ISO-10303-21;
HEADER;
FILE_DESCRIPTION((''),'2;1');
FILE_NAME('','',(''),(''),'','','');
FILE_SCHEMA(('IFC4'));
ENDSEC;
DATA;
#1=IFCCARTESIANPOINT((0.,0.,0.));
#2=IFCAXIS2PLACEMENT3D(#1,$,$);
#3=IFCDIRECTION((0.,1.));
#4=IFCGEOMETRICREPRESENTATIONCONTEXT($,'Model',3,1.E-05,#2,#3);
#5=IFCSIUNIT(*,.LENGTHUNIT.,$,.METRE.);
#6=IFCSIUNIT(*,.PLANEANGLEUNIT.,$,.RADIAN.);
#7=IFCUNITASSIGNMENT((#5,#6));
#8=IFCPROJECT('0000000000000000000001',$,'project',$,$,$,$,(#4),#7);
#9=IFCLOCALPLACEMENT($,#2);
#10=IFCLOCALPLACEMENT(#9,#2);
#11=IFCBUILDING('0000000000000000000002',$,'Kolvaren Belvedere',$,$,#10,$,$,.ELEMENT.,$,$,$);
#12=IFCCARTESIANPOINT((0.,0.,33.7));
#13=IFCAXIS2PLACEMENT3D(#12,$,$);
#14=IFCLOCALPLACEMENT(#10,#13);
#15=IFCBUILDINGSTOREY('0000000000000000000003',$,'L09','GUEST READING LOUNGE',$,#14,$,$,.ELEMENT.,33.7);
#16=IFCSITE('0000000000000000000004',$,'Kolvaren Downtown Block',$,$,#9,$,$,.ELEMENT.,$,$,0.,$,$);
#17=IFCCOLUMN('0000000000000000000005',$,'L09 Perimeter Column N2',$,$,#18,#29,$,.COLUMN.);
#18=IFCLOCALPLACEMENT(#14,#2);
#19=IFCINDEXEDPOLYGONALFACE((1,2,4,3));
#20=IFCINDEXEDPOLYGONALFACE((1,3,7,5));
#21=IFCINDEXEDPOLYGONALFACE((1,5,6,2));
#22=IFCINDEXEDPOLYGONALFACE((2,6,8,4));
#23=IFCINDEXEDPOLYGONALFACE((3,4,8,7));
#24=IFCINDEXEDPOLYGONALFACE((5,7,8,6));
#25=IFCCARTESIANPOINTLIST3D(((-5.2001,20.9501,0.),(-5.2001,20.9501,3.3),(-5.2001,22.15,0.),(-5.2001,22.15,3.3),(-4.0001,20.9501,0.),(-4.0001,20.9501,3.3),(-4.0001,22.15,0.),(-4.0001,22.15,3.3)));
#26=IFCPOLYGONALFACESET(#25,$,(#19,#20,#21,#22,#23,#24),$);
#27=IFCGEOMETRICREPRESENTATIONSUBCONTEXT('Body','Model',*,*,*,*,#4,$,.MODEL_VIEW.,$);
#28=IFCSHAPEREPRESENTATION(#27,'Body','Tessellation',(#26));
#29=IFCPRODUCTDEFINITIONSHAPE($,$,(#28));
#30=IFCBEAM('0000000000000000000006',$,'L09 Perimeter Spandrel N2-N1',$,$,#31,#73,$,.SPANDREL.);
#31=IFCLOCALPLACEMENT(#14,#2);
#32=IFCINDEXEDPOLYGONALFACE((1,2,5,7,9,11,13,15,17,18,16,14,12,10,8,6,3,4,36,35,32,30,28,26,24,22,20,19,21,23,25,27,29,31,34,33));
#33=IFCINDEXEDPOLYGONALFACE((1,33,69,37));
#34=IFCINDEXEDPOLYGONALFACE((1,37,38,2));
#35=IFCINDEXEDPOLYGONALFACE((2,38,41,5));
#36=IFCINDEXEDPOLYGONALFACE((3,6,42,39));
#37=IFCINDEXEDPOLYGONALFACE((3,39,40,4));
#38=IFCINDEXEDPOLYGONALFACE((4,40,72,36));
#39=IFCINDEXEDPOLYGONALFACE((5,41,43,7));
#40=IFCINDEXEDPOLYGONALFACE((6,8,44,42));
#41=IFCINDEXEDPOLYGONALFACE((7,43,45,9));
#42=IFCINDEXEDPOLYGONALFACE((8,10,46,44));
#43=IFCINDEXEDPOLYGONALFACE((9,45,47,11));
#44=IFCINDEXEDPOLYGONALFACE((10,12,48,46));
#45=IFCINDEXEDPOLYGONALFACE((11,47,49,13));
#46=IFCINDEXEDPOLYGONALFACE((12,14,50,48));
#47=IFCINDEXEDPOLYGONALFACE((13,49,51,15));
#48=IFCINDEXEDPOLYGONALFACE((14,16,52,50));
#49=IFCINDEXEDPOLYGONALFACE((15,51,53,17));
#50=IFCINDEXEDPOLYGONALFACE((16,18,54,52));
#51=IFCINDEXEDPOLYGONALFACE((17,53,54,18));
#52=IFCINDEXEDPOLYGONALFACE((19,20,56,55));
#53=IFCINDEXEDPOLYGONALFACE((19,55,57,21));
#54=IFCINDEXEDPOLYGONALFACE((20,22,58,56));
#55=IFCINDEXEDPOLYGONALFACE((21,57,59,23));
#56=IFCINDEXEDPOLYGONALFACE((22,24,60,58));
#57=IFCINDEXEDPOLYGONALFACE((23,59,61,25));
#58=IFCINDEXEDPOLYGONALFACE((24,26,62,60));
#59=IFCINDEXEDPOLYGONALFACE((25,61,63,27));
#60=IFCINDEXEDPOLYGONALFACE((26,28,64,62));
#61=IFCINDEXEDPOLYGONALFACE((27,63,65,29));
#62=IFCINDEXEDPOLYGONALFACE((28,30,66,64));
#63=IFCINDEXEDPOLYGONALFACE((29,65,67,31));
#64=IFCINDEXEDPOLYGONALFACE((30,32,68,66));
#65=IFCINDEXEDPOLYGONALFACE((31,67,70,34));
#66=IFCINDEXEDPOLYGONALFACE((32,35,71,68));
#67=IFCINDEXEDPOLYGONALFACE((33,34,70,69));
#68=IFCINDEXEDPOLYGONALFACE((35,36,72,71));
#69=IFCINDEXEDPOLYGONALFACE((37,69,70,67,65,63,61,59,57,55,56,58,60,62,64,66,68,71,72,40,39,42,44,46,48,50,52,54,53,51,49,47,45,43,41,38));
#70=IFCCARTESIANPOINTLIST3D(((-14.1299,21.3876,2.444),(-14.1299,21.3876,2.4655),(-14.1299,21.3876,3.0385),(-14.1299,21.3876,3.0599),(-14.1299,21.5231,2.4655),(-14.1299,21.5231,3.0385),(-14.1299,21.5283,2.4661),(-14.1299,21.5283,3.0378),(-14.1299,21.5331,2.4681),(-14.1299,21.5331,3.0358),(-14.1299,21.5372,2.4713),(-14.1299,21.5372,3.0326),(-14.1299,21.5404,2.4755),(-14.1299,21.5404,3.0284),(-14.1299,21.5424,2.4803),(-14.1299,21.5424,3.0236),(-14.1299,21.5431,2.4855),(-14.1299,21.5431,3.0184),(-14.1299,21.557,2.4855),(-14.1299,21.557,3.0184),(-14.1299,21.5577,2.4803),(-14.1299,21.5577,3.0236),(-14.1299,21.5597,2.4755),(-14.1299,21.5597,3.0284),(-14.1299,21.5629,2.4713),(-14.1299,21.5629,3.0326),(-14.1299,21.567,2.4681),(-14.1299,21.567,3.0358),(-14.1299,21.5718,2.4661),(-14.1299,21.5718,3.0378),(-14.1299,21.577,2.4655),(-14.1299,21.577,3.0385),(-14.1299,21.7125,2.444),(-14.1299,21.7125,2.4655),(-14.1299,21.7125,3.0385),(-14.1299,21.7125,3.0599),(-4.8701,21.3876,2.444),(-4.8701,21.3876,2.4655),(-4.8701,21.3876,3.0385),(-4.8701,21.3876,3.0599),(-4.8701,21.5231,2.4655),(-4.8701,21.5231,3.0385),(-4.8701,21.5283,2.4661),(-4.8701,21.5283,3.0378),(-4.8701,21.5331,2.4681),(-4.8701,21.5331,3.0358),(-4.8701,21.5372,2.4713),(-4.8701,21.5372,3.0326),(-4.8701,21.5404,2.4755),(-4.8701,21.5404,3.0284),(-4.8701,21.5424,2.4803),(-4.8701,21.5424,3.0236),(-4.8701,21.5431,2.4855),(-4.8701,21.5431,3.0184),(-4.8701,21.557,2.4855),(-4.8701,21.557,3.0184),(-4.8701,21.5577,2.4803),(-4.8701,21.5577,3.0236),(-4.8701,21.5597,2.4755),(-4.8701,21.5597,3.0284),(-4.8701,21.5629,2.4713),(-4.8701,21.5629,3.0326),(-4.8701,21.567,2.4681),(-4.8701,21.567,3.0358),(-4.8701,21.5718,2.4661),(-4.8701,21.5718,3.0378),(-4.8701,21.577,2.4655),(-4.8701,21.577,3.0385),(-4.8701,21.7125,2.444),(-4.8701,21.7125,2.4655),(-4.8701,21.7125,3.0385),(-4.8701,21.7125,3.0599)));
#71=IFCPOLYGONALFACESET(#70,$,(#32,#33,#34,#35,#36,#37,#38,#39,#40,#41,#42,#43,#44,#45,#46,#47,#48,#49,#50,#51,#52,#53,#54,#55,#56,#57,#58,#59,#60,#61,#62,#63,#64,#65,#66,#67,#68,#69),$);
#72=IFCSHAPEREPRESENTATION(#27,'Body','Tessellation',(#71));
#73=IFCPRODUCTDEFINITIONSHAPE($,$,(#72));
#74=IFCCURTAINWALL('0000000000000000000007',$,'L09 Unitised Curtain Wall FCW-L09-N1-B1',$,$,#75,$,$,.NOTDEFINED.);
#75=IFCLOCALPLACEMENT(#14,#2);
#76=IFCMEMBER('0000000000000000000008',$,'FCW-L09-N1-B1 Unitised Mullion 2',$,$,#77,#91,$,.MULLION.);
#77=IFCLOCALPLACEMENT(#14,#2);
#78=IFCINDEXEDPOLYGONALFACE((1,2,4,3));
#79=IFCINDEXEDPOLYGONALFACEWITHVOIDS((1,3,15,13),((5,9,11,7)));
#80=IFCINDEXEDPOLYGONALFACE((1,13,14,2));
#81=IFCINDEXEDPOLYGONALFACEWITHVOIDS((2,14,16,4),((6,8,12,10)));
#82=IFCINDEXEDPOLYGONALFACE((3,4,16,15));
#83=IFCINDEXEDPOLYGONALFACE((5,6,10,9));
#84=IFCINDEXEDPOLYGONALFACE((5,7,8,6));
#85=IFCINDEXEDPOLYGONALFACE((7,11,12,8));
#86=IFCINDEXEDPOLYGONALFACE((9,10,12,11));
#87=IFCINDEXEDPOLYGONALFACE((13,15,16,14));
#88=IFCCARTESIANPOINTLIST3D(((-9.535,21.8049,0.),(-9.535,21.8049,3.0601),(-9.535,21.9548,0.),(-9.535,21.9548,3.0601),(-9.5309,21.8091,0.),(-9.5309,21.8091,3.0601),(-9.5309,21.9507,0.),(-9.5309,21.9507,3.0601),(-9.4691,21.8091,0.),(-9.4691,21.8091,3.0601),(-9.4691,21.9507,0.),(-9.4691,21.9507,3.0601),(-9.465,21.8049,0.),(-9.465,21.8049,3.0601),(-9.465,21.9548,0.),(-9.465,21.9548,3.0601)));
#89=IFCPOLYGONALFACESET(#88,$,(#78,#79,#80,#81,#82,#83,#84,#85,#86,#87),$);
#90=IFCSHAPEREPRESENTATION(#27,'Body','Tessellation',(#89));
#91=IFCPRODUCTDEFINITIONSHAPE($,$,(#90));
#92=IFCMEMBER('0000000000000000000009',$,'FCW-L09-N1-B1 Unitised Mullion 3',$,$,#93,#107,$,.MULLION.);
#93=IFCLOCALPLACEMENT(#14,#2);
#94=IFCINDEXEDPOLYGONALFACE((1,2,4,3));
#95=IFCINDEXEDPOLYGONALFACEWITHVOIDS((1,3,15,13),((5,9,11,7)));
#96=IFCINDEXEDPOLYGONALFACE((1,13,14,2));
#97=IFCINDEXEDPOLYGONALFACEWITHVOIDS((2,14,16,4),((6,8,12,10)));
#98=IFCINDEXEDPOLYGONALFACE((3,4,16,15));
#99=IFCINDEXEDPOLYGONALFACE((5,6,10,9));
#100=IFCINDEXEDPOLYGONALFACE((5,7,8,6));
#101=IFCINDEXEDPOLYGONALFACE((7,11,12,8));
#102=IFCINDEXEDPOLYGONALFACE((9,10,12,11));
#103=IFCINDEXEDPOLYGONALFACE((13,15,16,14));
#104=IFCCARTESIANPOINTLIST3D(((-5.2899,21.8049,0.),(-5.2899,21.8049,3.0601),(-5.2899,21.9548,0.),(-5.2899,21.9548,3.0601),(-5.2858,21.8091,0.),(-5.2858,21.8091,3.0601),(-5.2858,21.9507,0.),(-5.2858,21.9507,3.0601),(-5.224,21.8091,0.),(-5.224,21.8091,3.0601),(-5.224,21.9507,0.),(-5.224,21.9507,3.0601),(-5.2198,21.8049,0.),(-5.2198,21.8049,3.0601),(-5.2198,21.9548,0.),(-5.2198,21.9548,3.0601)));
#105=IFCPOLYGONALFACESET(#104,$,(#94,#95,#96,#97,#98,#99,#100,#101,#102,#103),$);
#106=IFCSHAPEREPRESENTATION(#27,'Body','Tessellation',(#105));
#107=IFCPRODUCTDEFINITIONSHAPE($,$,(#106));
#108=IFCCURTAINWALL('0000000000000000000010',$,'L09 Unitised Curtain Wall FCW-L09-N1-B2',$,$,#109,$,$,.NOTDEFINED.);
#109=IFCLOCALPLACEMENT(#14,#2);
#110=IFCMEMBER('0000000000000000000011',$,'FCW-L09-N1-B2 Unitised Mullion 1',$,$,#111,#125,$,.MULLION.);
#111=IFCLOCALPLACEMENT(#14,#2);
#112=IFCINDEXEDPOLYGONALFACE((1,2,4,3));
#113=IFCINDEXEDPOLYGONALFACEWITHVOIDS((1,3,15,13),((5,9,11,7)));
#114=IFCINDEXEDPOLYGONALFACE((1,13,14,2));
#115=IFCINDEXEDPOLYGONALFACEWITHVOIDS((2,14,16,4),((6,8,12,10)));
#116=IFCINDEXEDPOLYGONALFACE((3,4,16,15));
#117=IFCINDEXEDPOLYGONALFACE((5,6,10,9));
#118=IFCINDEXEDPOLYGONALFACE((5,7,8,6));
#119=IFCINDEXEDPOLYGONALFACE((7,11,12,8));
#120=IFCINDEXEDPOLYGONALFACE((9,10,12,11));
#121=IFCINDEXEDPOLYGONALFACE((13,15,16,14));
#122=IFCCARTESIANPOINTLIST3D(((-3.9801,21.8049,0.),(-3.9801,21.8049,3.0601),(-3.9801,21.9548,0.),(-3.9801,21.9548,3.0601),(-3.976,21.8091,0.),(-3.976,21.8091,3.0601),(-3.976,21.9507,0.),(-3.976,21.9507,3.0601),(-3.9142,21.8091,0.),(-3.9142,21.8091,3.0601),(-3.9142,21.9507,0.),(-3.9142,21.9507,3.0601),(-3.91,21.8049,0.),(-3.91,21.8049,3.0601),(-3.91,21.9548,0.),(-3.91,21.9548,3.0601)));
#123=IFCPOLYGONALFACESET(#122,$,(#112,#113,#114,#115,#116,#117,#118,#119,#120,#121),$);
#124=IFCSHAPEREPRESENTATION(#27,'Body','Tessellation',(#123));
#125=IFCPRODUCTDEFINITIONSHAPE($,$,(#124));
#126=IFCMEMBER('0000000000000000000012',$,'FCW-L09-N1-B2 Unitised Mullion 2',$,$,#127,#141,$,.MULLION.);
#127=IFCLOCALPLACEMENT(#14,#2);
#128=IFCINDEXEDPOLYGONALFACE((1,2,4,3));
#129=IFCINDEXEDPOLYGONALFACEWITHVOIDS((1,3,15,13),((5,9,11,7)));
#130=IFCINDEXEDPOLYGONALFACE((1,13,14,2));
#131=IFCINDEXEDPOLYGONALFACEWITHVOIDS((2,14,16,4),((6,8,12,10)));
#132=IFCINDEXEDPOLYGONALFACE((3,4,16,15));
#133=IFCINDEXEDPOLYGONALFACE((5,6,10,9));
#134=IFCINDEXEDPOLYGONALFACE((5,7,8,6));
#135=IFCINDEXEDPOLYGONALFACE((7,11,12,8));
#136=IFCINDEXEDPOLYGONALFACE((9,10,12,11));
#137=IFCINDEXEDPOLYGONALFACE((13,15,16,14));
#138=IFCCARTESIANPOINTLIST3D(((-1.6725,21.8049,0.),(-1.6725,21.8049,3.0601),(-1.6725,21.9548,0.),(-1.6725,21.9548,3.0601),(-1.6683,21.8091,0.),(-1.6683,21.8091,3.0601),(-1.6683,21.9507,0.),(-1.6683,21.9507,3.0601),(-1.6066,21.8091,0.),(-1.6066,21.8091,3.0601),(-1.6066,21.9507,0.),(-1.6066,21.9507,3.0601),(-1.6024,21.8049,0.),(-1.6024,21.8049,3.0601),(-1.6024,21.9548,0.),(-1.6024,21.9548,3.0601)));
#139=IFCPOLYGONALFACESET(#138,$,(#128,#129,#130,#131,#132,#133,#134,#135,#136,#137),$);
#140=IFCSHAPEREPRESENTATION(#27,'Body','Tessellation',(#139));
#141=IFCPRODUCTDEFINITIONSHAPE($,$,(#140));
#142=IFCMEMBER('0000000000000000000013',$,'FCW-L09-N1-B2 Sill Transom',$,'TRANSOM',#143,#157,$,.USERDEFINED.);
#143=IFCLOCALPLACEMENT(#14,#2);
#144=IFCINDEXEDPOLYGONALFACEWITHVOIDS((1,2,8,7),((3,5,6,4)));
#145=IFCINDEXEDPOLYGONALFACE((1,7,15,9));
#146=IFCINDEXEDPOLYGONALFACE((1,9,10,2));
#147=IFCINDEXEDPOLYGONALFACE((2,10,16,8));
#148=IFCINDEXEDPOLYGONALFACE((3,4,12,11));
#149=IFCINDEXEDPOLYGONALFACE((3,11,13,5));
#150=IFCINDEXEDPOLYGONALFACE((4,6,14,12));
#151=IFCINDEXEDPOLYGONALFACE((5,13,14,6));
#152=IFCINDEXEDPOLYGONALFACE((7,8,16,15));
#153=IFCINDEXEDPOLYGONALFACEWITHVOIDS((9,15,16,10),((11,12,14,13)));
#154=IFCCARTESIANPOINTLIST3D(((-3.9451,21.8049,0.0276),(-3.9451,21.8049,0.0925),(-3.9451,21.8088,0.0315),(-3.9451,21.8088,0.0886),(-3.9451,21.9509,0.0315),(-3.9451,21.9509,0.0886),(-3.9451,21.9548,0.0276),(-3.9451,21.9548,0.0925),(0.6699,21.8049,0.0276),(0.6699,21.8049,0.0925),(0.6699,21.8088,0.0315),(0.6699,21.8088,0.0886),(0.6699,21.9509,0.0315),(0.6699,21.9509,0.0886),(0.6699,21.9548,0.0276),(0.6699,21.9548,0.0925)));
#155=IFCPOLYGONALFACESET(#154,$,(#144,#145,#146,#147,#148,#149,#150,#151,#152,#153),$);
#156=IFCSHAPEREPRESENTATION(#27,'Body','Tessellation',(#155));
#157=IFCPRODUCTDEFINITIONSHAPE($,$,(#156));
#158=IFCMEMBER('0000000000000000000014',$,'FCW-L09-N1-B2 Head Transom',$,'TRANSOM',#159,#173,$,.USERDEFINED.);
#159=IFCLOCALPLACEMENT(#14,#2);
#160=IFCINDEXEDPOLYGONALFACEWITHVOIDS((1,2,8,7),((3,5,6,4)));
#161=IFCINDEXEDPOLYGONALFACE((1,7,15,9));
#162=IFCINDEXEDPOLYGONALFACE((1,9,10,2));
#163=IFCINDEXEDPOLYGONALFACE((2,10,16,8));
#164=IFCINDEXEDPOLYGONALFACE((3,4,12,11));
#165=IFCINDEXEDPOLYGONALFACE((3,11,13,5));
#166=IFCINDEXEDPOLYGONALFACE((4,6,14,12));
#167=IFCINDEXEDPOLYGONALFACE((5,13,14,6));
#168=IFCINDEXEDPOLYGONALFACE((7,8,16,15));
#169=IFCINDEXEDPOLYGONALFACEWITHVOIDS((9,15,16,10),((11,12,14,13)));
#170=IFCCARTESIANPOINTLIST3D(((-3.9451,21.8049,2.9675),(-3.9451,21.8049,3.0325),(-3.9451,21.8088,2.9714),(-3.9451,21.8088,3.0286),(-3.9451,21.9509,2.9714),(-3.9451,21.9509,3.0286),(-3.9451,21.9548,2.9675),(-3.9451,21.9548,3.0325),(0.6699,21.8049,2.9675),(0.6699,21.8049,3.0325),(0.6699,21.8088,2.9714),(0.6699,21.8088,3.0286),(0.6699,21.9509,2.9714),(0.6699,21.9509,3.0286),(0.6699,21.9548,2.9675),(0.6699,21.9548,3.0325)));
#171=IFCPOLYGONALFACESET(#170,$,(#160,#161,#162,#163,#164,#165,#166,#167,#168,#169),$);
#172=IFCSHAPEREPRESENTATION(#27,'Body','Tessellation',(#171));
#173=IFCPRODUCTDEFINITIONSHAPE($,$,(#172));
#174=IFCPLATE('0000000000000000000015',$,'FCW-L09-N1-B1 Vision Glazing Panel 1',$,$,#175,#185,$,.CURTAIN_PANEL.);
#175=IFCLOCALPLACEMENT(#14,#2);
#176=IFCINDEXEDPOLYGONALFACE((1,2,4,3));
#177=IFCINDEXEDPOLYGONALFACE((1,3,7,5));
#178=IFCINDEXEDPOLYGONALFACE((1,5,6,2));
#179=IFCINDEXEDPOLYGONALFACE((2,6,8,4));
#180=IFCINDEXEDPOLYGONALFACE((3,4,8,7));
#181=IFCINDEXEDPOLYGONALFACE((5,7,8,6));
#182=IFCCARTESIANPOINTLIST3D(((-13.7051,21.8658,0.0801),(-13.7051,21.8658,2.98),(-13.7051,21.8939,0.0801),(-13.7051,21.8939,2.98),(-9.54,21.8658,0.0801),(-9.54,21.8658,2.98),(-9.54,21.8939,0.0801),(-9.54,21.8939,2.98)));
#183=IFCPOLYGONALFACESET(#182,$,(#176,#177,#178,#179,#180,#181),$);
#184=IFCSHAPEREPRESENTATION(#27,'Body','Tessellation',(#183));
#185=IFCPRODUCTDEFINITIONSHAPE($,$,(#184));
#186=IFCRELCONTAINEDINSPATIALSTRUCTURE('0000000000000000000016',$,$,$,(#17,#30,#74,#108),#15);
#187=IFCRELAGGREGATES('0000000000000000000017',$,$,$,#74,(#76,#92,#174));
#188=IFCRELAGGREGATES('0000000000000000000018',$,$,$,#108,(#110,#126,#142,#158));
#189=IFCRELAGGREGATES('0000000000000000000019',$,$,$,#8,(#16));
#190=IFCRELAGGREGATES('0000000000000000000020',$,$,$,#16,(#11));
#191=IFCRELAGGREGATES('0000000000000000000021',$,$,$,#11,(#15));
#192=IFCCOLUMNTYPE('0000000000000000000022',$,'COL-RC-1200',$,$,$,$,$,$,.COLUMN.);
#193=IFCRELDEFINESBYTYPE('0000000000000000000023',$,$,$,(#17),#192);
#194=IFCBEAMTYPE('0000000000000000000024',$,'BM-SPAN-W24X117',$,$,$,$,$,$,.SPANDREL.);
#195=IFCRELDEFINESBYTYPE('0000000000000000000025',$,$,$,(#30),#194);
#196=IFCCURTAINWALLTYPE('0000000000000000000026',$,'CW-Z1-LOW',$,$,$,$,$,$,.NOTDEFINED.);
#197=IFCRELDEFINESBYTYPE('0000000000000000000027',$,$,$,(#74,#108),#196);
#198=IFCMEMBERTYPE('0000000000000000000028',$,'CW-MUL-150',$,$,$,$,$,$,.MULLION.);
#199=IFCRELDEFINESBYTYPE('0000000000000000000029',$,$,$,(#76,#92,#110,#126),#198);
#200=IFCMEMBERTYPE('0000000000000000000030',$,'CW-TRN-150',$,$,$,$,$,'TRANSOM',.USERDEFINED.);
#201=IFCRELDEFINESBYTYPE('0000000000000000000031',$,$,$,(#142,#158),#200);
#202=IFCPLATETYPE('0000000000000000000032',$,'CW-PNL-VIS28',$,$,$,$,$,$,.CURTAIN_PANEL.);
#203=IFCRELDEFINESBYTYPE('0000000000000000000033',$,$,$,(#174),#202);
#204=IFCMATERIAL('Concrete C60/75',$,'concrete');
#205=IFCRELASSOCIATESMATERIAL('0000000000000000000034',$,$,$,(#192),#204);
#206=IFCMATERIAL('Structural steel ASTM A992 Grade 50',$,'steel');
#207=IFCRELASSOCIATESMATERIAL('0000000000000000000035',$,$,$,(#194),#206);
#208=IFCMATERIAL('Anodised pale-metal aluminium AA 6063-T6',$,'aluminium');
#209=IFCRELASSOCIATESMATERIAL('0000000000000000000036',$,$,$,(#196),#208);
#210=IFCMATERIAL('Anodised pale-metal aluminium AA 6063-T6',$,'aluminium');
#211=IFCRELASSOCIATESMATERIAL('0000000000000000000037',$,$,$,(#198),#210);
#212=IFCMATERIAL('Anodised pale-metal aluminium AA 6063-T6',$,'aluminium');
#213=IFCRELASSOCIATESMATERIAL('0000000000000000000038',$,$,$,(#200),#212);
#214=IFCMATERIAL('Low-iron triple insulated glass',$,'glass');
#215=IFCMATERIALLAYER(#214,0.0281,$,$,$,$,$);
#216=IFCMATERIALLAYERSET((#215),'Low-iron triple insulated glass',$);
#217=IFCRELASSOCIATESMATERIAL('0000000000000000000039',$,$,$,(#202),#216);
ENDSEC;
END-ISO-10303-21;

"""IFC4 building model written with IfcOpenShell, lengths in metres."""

from ifc_helpers import new_model, si_unit, direction, frame, origin, origin_2d, place, context, subcontext, project, spatial, rectangle, hollow_rectangle, i_section, extrude, material, layer, layer_set, material_profile, profile_set, type_object, element, aggregate, save


model = new_model("IFC4")

# Units and contexts
model_context = context("Model", 3, precision=1e-05, world=origin(), true_north=direction((0.0, 1.0)))
body_context = subcontext(model_context, "Body", "Model", "MODEL_VIEW")
ifc_project = project(units=[si_unit("LENGTHUNIT", "METRE"), si_unit("PLANEANGLEUNIT", "RADIAN")], contexts=[model_context])

# Site, building, storey
site_placement = place(None, origin())
site = spatial("IfcSite", under=ifc_project, at=site_placement, Name="Kolvaren Downtown Block", CompositionType="ELEMENT", RefElevation=0.0)
building_placement = place(site_placement, origin())
building = spatial("IfcBuilding", under=site, at=building_placement, Name="Kolvaren Belvedere", CompositionType="ELEMENT")
storey_placement = place(building_placement, frame((0.0, 0.0, 33.7)))
storey = spatial("IfcBuildingStorey", under=building, at=storey_placement, Name="L09", Description="GUEST READING LOUNGE", CompositionType="ELEMENT", Elevation=33.7)

# Column
ifc_material_1 = material(Name="Concrete C60/75", Category="concrete")
ifc_material_profile_1 = material_profile(ifc_material_1, rectangle(XDim=1.2, YDim=1.2, at=origin_2d()), Name="RC 1200X1200")
ifc_profile_set_1 = profile_set([ifc_material_profile_1], Name="Concrete C60/75")
column_type = type_object("IfcColumnType", Name="COL-RC-1200", PredefinedType="COLUMN", material=ifc_profile_set_1)
column_placement = place(storey_placement, frame((-4.6001, 21.55, 0.0), z_axis=(0.0, 0.0, 1.0), x_axis=(1.0, 0.0, 0.0)))
element("IfcColumn", 1, at=column_placement, inside=storey, type_object=column_type, Name="L09 Perimeter Column N2", PredefinedType="COLUMN", context=body_context, shape_type="SweptSolid", body=[
    extrude(rectangle(XDim=1.2, YDim=1.2, at=origin_2d()), origin(), (0.0, 0.0, 1.0), 3.3),
])

# Beam
ifc_material_2 = material(Name="Structural steel ASTM A992 Grade 50", Category="steel")
ifc_material_profile_2 = material_profile(ifc_material_2, i_section(OverallWidth=0.325, OverallDepth=0.616, WebThickness=0.0139, FlangeThickness=0.0215, FilletRadius=0.02, at=origin_2d()), Name="W24X117")
ifc_profile_set_2 = profile_set([ifc_material_profile_2], Name="Structural steel ASTM A992 Grade 50")
beam_type = type_object("IfcBeamType", Name="BM-SPAN-W24X117", PredefinedType="SPANDREL", material=ifc_profile_set_2)
beam_placement = place(storey_placement, frame((-4.8701, 21.55, 2.752), z_axis=(-1.0, 0.0, 0.0), x_axis=(0.0, -1.0, 0.0)))
element("IfcBeam", 2, at=beam_placement, inside=storey, type_object=beam_type, Name="L09 Perimeter Spandrel N2-N1", PredefinedType="SPANDREL", context=body_context, shape_type="SweptSolid", body=[
    extrude(i_section(OverallWidth=0.325, OverallDepth=0.616, WebThickness=0.0139, FlangeThickness=0.0215, FilletRadius=0.02, at=origin_2d()), origin(), (0.0, 0.0, 1.0), 9.2598),
])

# Curtain walls, members
ifc_material_3 = material(Name="Anodised pale-metal aluminium AA 6063-T6", Category="aluminium")
curtain_wall_type = type_object("IfcCurtainWallType", Name="CW-Z1-LOW", PredefinedType="NOTDEFINED", material=ifc_material_3)
curtain_wall_1_placement = place(storey_placement, origin())
curtain_wall_1 = element("IfcCurtainWall", 3, at=curtain_wall_1_placement, inside=storey, type_object=curtain_wall_type, Name="L09 Unitised Curtain Wall FCW-L09-N1-B1", PredefinedType="NOTDEFINED")
ifc_material_4 = material(Name="Anodised pale-metal aluminium AA 6063-T6", Category="aluminium")
ifc_material_profile_3 = material_profile(ifc_material_4, hollow_rectangle(XDim=0.0701, YDim=0.1499, WallThickness=0.0042, at=origin_2d()), Name="ALU-MUL-150X70")
ifc_profile_set_3 = profile_set([ifc_material_profile_3], Name="Anodised pale-metal aluminium AA 6063-T6")
member_type_1 = type_object("IfcMemberType", Name="CW-MUL-150", PredefinedType="MULLION", material=ifc_profile_set_3)
member_1_placement = place(storey_placement, frame((-9.5, 21.8799, 0.0), z_axis=(0.0, 0.0, 1.0), x_axis=(1.0, 0.0, 0.0)))
member_1 = element("IfcMember", 4, at=member_1_placement, type_object=member_type_1, Name="FCW-L09-N1-B1 Unitised Mullion 2", PredefinedType="MULLION", context=body_context, shape_type="SweptSolid", body=[
    extrude(hollow_rectangle(XDim=0.0701, YDim=0.1499, WallThickness=0.0042, at=origin_2d()), origin(), (0.0, 0.0, 1.0), 3.0601),
])
member_2_placement = place(storey_placement, frame((-5.2549, 21.8799, 0.0), z_axis=(0.0, 0.0, 1.0), x_axis=(1.0, 0.0, 0.0)))
member_2 = element("IfcMember", 5, at=member_2_placement, type_object=member_type_1, Name="FCW-L09-N1-B1 Unitised Mullion 3", PredefinedType="MULLION", context=body_context, shape_type="SweptSolid", body=[
    extrude(hollow_rectangle(XDim=0.0701, YDim=0.1499, WallThickness=0.0042, at=origin_2d()), origin(), (0.0, 0.0, 1.0), 3.0601),
])
curtain_wall_2_placement = place(storey_placement, origin())
curtain_wall_2 = element("IfcCurtainWall", 6, at=curtain_wall_2_placement, inside=storey, type_object=curtain_wall_type, Name="L09 Unitised Curtain Wall FCW-L09-N1-B2", PredefinedType="NOTDEFINED")
member_3_placement = place(storey_placement, frame((-3.9451, 21.8799, 0.0), z_axis=(0.0, 0.0, 1.0), x_axis=(1.0, 0.0, 0.0)))
member_3 = element("IfcMember", 7, at=member_3_placement, type_object=member_type_1, Name="FCW-L09-N1-B2 Unitised Mullion 1", PredefinedType="MULLION", context=body_context, shape_type="SweptSolid", body=[
    extrude(hollow_rectangle(XDim=0.0701, YDim=0.1499, WallThickness=0.0042, at=origin_2d()), origin(), (0.0, 0.0, 1.0), 3.0601),
])
member_4_placement = place(storey_placement, frame((-1.6375, 21.8799, 0.0), z_axis=(0.0, 0.0, 1.0), x_axis=(1.0, 0.0, 0.0)))
member_4 = element("IfcMember", 8, at=member_4_placement, type_object=member_type_1, Name="FCW-L09-N1-B2 Unitised Mullion 2", PredefinedType="MULLION", context=body_context, shape_type="SweptSolid", body=[
    extrude(hollow_rectangle(XDim=0.0701, YDim=0.1499, WallThickness=0.0042, at=origin_2d()), origin(), (0.0, 0.0, 1.0), 3.0601),
])
ifc_material_5 = material(Name="Anodised pale-metal aluminium AA 6063-T6", Category="aluminium")
ifc_material_profile_4 = material_profile(ifc_material_5, hollow_rectangle(XDim=0.0649, YDim=0.1499, WallThickness=0.0039, at=origin_2d()), Name="ALU-TRN-150X65")
ifc_profile_set_4 = profile_set([ifc_material_profile_4], Name="Anodised pale-metal aluminium AA 6063-T6")
member_type_2 = type_object("IfcMemberType", Name="CW-TRN-150", ElementType="TRANSOM", PredefinedType="USERDEFINED", material=ifc_profile_set_4)
member_5_placement = place(storey_placement, frame((-3.9451, 21.8799, 0.0601), z_axis=(1.0, 0.0, 0.0), x_axis=(0.0, 0.0, 1.0)))
member_5 = element("IfcMember", 9, at=member_5_placement, type_object=member_type_2, Name="FCW-L09-N1-B2 Sill Transom", ObjectType="TRANSOM", PredefinedType="USERDEFINED", context=body_context, shape_type="SweptSolid", body=[
    extrude(hollow_rectangle(XDim=0.0649, YDim=0.1499, WallThickness=0.0039, at=origin_2d()), origin(), (0.0, 0.0, 1.0), 4.615),
])
member_6_placement = place(storey_placement, frame((-3.9451, 21.8799, 3.0), z_axis=(1.0, 0.0, 0.0), x_axis=(0.0, 0.0, 1.0)))
member_6 = element("IfcMember", 10, at=member_6_placement, type_object=member_type_2, Name="FCW-L09-N1-B2 Head Transom", ObjectType="TRANSOM", PredefinedType="USERDEFINED", context=body_context, shape_type="SweptSolid", body=[
    extrude(hollow_rectangle(XDim=0.0649, YDim=0.1499, WallThickness=0.0039, at=origin_2d()), origin(), (0.0, 0.0, 1.0), 4.615),
])

# Plate
ifc_material_6 = material(Name="Low-iron triple insulated glass", Category="glass")
ifc_layer_1 = layer(ifc_material_6, 0.0281)
ifc_layer_set_1 = layer_set([ifc_layer_1], Name="Low-iron triple insulated glass")
plate_type_1 = type_object("IfcPlateType", Name="CW-PNL-VIS28", PredefinedType="CURTAIN_PANEL", material=ifc_layer_set_1)
plate_1_placement = place(storey_placement, frame((-11.6226, 21.8799, 0.0801), z_axis=(0.0, 0.0, 1.0), x_axis=(1.0, 0.0, 0.0)))
plate_1 = element("IfcPlate", 11, at=plate_1_placement, type_object=plate_type_1, Name="FCW-L09-N1-B1 Vision Glazing Panel 1", PredefinedType="CURTAIN_PANEL", context=body_context, shape_type="SweptSolid", body=[
    extrude(rectangle(XDim=4.165, YDim=0.0281, at=origin_2d()), origin(), (0.0, 0.0, 1.0), 2.8999),
])
aggregate(curtain_wall_1, [member_1, member_2, plate_1])
aggregate(curtain_wall_2, [member_3, member_4, member_5, member_6])

save(model, "model.ifc")
